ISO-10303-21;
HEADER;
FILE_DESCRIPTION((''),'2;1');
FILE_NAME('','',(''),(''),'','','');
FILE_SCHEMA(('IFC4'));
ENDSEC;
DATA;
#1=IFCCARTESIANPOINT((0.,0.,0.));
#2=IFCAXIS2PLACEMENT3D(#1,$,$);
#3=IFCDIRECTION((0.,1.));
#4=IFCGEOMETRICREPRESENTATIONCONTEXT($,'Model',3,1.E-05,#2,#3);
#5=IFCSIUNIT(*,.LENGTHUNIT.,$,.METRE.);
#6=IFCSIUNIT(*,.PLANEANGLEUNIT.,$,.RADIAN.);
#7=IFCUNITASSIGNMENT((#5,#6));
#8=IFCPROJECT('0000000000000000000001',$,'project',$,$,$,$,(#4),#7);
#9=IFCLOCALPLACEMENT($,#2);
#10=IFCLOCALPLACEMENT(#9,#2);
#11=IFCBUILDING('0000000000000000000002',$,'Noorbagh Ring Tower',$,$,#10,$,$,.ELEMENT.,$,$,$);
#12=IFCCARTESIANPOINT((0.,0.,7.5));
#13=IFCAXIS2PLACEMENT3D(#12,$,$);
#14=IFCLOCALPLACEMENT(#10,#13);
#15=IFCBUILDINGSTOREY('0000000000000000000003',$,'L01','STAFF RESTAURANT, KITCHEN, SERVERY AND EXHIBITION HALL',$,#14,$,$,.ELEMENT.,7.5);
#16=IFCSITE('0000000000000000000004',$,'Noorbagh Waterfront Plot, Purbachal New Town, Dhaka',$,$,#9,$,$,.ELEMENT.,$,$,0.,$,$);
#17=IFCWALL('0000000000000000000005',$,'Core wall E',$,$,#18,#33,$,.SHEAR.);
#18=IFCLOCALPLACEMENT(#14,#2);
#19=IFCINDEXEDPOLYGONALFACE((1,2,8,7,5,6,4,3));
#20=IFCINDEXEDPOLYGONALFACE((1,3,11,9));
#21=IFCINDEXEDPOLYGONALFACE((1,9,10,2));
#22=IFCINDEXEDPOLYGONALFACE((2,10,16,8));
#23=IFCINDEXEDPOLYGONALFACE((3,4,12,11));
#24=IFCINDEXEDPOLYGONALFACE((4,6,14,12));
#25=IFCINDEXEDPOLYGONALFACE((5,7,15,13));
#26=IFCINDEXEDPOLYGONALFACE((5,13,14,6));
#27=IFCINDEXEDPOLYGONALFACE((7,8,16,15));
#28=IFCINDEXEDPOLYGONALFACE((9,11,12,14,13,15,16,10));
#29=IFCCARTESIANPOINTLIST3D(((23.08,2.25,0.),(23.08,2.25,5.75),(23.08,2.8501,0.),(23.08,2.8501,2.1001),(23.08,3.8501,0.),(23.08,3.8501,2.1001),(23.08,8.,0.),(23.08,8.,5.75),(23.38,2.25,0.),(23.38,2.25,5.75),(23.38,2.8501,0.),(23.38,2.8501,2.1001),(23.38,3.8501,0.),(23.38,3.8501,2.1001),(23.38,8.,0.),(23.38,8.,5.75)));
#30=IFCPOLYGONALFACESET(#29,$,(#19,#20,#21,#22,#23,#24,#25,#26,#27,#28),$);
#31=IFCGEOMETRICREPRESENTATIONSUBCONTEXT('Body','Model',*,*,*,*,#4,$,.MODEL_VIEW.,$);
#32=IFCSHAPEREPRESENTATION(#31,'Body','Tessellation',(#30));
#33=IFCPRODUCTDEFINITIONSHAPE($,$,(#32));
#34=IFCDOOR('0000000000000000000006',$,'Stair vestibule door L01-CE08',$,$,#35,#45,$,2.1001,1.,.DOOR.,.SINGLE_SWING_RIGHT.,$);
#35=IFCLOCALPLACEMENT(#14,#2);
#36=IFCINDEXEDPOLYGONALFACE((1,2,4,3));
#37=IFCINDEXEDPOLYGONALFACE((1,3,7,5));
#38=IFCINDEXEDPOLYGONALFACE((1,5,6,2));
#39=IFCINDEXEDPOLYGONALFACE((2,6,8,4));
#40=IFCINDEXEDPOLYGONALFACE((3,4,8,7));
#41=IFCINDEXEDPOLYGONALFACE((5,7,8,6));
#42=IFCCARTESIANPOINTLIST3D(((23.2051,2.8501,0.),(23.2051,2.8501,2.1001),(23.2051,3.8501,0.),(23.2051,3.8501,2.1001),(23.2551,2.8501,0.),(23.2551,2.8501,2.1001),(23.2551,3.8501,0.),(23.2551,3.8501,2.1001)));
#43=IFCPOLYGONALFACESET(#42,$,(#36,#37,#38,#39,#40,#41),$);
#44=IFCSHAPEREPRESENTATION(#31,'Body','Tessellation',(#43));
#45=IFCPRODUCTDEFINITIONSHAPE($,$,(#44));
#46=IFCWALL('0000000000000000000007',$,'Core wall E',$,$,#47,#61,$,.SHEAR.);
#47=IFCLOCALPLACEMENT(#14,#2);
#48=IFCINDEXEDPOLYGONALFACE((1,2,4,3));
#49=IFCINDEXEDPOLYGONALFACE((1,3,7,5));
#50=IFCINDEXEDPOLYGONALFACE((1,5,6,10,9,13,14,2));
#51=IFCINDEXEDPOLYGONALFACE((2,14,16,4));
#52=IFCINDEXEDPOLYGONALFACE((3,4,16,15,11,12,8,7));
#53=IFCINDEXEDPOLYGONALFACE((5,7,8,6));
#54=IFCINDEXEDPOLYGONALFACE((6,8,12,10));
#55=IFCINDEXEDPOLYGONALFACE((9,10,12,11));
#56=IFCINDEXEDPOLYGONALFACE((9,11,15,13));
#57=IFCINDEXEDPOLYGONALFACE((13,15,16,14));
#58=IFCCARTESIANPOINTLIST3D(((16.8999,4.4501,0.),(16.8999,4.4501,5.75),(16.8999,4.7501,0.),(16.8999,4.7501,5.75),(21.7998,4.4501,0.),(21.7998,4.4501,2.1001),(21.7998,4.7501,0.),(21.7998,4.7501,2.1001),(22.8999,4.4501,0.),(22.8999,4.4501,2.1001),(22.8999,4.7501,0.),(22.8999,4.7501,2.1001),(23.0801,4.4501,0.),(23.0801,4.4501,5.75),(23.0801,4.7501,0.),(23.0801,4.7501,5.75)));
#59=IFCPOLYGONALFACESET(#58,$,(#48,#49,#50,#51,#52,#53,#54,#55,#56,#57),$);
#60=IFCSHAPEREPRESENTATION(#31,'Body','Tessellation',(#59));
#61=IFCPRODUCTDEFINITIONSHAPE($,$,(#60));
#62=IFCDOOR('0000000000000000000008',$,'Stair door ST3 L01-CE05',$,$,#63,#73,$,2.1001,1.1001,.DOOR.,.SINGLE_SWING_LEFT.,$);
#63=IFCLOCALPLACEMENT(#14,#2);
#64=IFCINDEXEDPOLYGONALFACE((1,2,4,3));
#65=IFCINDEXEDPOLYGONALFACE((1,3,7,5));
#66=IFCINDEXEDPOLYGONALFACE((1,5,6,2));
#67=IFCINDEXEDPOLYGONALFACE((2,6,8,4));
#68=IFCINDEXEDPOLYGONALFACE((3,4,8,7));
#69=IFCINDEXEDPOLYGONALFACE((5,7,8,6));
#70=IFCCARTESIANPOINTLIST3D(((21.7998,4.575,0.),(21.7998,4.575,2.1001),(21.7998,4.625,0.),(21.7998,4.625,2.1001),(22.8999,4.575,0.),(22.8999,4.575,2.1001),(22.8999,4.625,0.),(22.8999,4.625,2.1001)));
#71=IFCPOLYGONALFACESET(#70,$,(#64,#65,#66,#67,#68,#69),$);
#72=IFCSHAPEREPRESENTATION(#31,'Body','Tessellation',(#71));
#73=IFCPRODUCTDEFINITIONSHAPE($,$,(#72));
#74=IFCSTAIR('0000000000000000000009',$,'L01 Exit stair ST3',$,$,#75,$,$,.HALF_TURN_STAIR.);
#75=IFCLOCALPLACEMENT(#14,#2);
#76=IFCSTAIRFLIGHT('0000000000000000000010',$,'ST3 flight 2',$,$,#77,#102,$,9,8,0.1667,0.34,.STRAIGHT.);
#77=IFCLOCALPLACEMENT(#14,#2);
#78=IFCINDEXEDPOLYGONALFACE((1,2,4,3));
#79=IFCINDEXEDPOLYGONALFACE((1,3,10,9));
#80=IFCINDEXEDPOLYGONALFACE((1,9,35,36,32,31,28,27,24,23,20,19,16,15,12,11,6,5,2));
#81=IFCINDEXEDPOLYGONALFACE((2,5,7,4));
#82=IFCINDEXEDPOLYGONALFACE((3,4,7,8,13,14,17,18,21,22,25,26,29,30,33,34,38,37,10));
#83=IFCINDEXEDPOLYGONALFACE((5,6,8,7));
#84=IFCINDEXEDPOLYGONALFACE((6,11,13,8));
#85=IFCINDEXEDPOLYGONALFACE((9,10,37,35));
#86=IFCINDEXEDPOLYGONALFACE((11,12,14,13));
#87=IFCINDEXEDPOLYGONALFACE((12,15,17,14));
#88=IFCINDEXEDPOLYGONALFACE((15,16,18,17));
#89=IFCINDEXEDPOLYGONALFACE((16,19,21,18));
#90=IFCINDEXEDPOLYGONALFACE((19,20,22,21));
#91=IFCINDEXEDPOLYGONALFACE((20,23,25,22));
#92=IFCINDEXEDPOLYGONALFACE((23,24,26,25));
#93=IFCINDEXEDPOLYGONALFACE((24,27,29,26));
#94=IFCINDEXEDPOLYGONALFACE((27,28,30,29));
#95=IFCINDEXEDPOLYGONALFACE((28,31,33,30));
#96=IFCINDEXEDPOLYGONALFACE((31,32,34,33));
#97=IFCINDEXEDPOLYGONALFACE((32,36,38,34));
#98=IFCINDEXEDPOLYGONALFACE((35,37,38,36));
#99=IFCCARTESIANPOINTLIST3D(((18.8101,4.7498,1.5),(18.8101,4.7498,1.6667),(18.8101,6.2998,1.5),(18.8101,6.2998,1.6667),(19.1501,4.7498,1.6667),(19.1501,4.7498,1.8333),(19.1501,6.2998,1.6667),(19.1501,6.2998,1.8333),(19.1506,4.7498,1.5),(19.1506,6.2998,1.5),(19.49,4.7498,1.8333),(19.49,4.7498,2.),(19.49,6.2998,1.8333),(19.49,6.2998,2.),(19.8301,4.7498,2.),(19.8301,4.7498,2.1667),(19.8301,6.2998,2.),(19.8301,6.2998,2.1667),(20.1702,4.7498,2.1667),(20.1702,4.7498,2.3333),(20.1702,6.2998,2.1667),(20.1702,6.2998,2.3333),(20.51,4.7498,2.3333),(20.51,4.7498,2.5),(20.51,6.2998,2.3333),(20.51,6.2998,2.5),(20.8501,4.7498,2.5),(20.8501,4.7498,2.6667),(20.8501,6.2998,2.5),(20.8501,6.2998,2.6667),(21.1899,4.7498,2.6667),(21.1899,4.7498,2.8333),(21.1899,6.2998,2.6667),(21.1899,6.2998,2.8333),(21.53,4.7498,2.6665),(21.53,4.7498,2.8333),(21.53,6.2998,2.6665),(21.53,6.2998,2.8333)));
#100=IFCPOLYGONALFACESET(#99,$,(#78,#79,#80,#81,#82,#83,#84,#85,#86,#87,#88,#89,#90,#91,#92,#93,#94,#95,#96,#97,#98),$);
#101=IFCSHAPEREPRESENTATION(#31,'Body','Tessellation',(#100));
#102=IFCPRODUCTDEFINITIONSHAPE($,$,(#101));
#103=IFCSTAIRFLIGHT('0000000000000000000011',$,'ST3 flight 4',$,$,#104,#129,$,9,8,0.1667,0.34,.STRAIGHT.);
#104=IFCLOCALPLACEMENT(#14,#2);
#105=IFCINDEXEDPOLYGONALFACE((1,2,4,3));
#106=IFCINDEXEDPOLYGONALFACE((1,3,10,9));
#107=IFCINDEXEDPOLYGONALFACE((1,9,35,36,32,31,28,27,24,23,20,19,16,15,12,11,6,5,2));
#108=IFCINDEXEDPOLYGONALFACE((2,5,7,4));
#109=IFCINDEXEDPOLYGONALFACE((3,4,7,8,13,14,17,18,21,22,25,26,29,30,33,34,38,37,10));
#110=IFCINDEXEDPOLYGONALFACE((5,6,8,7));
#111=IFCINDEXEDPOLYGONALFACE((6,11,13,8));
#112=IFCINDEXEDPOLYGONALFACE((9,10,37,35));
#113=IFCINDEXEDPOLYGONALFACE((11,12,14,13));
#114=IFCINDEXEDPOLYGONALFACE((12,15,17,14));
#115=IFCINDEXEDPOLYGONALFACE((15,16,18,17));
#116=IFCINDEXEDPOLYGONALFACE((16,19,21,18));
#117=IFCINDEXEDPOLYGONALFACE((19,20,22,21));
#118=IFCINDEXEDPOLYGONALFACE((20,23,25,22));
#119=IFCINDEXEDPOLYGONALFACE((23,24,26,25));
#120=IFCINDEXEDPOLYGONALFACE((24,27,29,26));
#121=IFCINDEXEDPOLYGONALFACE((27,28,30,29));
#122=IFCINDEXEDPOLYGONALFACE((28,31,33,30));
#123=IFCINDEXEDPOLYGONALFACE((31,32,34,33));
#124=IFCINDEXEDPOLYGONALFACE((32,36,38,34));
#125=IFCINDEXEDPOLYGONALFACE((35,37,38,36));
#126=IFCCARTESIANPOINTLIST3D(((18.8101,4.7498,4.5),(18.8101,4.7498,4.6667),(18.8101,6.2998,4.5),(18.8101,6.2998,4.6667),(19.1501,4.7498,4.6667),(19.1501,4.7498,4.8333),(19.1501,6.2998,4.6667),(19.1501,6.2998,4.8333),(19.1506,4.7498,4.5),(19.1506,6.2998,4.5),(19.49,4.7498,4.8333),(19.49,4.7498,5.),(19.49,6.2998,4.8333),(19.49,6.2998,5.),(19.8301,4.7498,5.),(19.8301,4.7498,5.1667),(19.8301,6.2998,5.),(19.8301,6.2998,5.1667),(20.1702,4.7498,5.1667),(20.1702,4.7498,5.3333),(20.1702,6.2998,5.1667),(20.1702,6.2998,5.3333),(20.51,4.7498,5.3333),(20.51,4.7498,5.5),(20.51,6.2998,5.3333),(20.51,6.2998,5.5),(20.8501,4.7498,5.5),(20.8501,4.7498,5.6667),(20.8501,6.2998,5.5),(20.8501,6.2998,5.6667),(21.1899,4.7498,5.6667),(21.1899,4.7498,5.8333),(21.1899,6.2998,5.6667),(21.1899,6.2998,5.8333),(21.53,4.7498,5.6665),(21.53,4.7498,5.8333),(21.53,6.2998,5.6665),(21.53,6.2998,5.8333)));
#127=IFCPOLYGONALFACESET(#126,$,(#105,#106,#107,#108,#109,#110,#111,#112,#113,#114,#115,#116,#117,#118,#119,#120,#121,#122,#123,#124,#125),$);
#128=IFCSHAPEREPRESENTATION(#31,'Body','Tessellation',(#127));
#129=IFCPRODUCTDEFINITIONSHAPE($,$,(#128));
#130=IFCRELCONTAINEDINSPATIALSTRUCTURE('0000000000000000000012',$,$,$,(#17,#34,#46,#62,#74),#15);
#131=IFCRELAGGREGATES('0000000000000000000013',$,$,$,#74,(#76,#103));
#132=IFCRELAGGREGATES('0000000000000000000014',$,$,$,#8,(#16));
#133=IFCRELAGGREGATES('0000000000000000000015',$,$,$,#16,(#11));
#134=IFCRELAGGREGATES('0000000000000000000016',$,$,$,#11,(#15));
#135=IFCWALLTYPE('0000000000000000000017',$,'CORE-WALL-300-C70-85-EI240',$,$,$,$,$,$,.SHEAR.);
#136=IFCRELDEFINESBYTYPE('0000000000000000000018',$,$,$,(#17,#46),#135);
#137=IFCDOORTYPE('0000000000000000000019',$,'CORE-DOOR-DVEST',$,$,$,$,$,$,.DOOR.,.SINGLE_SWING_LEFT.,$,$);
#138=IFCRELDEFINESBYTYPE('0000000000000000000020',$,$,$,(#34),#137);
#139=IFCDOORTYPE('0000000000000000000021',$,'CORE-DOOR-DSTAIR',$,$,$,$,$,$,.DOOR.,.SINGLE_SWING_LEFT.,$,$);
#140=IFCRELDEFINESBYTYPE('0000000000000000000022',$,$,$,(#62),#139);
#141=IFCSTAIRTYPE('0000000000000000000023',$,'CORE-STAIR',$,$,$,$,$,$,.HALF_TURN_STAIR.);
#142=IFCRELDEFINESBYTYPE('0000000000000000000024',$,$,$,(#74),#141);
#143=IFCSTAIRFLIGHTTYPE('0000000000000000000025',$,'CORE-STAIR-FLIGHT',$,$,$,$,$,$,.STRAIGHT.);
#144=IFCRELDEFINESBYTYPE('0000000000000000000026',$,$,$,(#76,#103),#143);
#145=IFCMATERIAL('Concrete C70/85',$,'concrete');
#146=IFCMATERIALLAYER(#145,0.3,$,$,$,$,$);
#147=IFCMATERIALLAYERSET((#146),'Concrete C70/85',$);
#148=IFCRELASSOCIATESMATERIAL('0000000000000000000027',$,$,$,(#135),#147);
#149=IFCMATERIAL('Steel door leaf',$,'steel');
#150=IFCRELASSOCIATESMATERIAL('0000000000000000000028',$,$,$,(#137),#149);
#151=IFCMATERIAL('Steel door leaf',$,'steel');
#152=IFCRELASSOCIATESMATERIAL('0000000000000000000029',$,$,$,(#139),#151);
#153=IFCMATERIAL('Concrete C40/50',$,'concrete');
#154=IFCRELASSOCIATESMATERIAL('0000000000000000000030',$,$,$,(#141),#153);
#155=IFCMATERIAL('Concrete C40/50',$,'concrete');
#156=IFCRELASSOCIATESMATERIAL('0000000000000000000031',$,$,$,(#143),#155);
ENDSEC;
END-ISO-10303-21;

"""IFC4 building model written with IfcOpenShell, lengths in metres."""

from ifc_helpers import new_model, si_unit, direction, frame, frame_2d, origin, place, context, subcontext, project, spatial, polyline, rectangle, outline, extrude, material, layer, layer_set, type_object, element, fill, aggregate, save


model = new_model("IFC4")

# Units and contexts
model_context = context("Model", 3, precision=1e-05, world=origin(), true_north=direction((0.0, 1.0)))
body_context = subcontext(model_context, "Body", "Model", "MODEL_VIEW")
ifc_project = project(units=[si_unit("LENGTHUNIT", "METRE"), si_unit("PLANEANGLEUNIT", "RADIAN")], contexts=[model_context])

# Site, building, storey
site_placement = place(None, origin())
site = spatial("IfcSite", under=ifc_project, at=site_placement, Name="Noorbagh Waterfront Plot, Purbachal New Town, Dhaka", CompositionType="ELEMENT", RefElevation=0.0)
building_placement = place(site_placement, origin())
building = spatial("IfcBuilding", under=site, at=building_placement, Name="Noorbagh Ring Tower", CompositionType="ELEMENT")
storey_placement = place(building_placement, frame((0.0, 0.0, 7.5)))
storey = spatial("IfcBuildingStorey", under=building, at=storey_placement, Name="L01", Description="STAFF RESTAURANT, KITCHEN, SERVERY AND EXHIBITION HALL", CompositionType="ELEMENT", Elevation=7.5)

# Walls, openings, doors
ifc_material_1 = material(Name="Concrete C70/85", Category="concrete")
ifc_layer_1 = layer(ifc_material_1, 0.3)
ifc_layer_set_1 = layer_set([ifc_layer_1], Name="Concrete C70/85")
wall_type_1 = type_object("IfcWallType", Name="CORE-WALL-300-C70-85-EI240", PredefinedType="SHEAR", material=ifc_layer_set_1)
wall_1_placement = place(storey_placement, frame((23.23, 2.25, 0.0), z_axis=(0.0, 0.0, 1.0), x_axis=(0.0, 1.0, 0.0)))
wall_1 = element("IfcWall", 1, at=wall_1_placement, inside=storey, type_object=wall_type_1, Name="Core wall E", PredefinedType="SHEAR", context=body_context, shape_type="SweptSolid", body=[
    extrude(rectangle(XDim=5.75, YDim=0.3, at=frame_2d((2.875, 0.0))), origin(), (0.0, 0.0, 1.0), 5.75),
])
opening_1_placement = place(wall_1_placement, frame((0.6001, 0.0, 0.0)))
opening_1 = element("IfcOpeningElement", 2, at=opening_1_placement, cuts=wall_1, PredefinedType="OPENING", context=body_context, shape_type="SweptSolid", body=[
    extrude(rectangle(XDim=1.0, YDim=2.1001, at=frame_2d((0.5, 1.05))), frame((0.0, 0.1602, 0.0), z_axis=(0.0, -1.0, 0.0), x_axis=(1.0, 0.0, 0.0)), (0.0, 0.0, 1.0), 0.3201),
])
ifc_material_2 = material(Name="Steel door leaf", Category="steel")
door_type_1 = type_object("IfcDoorType", Name="CORE-DOOR-DVEST", OperationType="SINGLE_SWING_LEFT", PredefinedType="DOOR", material=ifc_material_2)
door_1_placement = place(opening_1_placement, origin())
door_1 = element("IfcDoor", 3, at=door_1_placement, inside=storey, type_object=door_type_1, Name="Stair vestibule door L01-CE08", OperationType="SINGLE_SWING_RIGHT", OverallHeight=2.1001, OverallWidth=1.0, PredefinedType="DOOR", context=body_context, shape_type="SweptSolid", body=[
    extrude(rectangle(XDim=1.0, YDim=2.1001, at=frame_2d((0.5, 1.05))), frame((0.0, 0.0249, 0.0), z_axis=(0.0, -1.0, 0.0), x_axis=(1.0, 0.0, 0.0)), (0.0, 0.0, 1.0), 0.05),
])
fill(opening_1, door_1)
wall_2_placement = place(storey_placement, frame((16.8999, 4.6001, 0.0), z_axis=(0.0, 0.0, 1.0), x_axis=(1.0, 0.0, 0.0)))
wall_2 = element("IfcWall", 4, at=wall_2_placement, inside=storey, type_object=wall_type_1, Name="Core wall E", PredefinedType="SHEAR", context=body_context, shape_type="SweptSolid", body=[
    extrude(rectangle(XDim=6.1802, YDim=0.3, at=frame_2d((3.0901, 0.0))), origin(), (0.0, 0.0, 1.0), 5.75),
])
opening_2_placement = place(wall_2_placement, frame((4.8999, 0.0, 0.0)))
opening_2 = element("IfcOpeningElement", 5, at=opening_2_placement, cuts=wall_2, PredefinedType="OPENING", context=body_context, shape_type="SweptSolid", body=[
    extrude(rectangle(XDim=1.1001, YDim=2.1001, at=frame_2d((0.55, 1.05))), frame((0.0, 0.1602, 0.0), z_axis=(0.0, -1.0, 0.0), x_axis=(1.0, 0.0, 0.0)), (0.0, 0.0, 1.0), 0.3201),
])
ifc_material_3 = material(Name="Steel door leaf", Category="steel")
door_type_2 = type_object("IfcDoorType", Name="CORE-DOOR-DSTAIR", OperationType="SINGLE_SWING_LEFT", PredefinedType="DOOR", material=ifc_material_3)
door_2_placement = place(opening_2_placement, origin())
door_2 = element("IfcDoor", 6, at=door_2_placement, inside=storey, type_object=door_type_2, Name="Stair door ST3 L01-CE05", OperationType="SINGLE_SWING_LEFT", OverallHeight=2.1001, OverallWidth=1.1001, PredefinedType="DOOR", context=body_context, shape_type="SweptSolid", body=[
    extrude(rectangle(XDim=1.1001, YDim=2.1001, at=frame_2d((0.55, 1.05))), frame((0.0, 0.0249, 0.0), z_axis=(0.0, -1.0, 0.0), x_axis=(1.0, 0.0, 0.0)), (0.0, 0.0, 1.0), 0.05),
])
fill(opening_2, door_2)

# Stair, stair flights
ifc_material_4 = material(Name="Concrete C40/50", Category="concrete")
stair_type = type_object("IfcStairType", Name="CORE-STAIR", PredefinedType="HALF_TURN_STAIR", material=ifc_material_4)
stair_placement = place(storey_placement, origin())
stair = element("IfcStair", 7, at=stair_placement, inside=storey, type_object=stair_type, Name="L01 Exit stair ST3", PredefinedType="HALF_TURN_STAIR")
ifc_material_5 = material(Name="Concrete C40/50", Category="concrete")
stair_flight_type = type_object("IfcStairFlightType", Name="CORE-STAIR-FLIGHT", PredefinedType="STRAIGHT", material=ifc_material_5)
stair_flight_1_placement = place(storey_placement, frame((18.8101, 5.5249, 1.5), z_axis=(0.0, 0.0, 1.0), x_axis=(1.0, 0.0, 0.0)))
stair_flight_1 = element("IfcStairFlight", 8, at=stair_flight_1_placement, type_object=stair_flight_type, Name="ST3 flight 2", NumberOfRisers=9, NumberOfTreads=8, PredefinedType="STRAIGHT", RiserHeight=0.1667, TreadLength=0.34, context=body_context, shape_type="SweptSolid", body=[
    extrude(outline(polyline([(0.0, 0.0), (0.0, 0.1667), (0.3401, 0.1667), (0.3401, 0.3333), (0.6799, 0.3333), (0.6799, 0.5), (1.02, 0.5), (1.02, 0.6667), (1.3601, 0.6667), (1.3601, 0.8333), (1.7, 0.8333), (1.7, 1.0), (2.04, 1.0), (2.04, 1.1667), (2.3799, 1.1667), (2.3799, 1.3333), (2.72, 1.3333), (2.72, 1.5), (2.72, 1.1665), (0.3406, 0.0), (0.0, 0.0)])), frame((0.0, 0.7749, 0.0), z_axis=(0.0, -1.0, 0.0), x_axis=(1.0, 0.0, 0.0)), (0.0, 0.0, 1.0), 1.55),
])
stair_flight_2_placement = place(storey_placement, frame((18.8101, 5.5249, 4.5), z_axis=(0.0, 0.0, 1.0), x_axis=(1.0, 0.0, 0.0)))
stair_flight_2 = element("IfcStairFlight", 9, at=stair_flight_2_placement, type_object=stair_flight_type, Name="ST3 flight 4", NumberOfRisers=9, NumberOfTreads=8, PredefinedType="STRAIGHT", RiserHeight=0.1667, TreadLength=0.34, context=body_context, shape_type="SweptSolid", body=[
    extrude(outline(polyline([(0.0, 0.0), (0.0, 0.1667), (0.3401, 0.1667), (0.3401, 0.3333), (0.6799, 0.3333), (0.6799, 0.5), (1.02, 0.5), (1.02, 0.6667), (1.3601, 0.6667), (1.3601, 0.8333), (1.7, 0.8333), (1.7, 1.0), (2.04, 1.0), (2.04, 1.1667), (2.3799, 1.1667), (2.3799, 1.3333), (2.72, 1.3333), (2.72, 1.5), (2.72, 1.1665), (0.3406, 0.0), (0.0, 0.0)])), frame((0.0, 0.7749, 0.0), z_axis=(0.0, -1.0, 0.0), x_axis=(1.0, 0.0, 0.0)), (0.0, 0.0, 1.0), 1.55),
])
aggregate(stair, [stair_flight_1, stair_flight_2])

save(model, "model.ifc")
